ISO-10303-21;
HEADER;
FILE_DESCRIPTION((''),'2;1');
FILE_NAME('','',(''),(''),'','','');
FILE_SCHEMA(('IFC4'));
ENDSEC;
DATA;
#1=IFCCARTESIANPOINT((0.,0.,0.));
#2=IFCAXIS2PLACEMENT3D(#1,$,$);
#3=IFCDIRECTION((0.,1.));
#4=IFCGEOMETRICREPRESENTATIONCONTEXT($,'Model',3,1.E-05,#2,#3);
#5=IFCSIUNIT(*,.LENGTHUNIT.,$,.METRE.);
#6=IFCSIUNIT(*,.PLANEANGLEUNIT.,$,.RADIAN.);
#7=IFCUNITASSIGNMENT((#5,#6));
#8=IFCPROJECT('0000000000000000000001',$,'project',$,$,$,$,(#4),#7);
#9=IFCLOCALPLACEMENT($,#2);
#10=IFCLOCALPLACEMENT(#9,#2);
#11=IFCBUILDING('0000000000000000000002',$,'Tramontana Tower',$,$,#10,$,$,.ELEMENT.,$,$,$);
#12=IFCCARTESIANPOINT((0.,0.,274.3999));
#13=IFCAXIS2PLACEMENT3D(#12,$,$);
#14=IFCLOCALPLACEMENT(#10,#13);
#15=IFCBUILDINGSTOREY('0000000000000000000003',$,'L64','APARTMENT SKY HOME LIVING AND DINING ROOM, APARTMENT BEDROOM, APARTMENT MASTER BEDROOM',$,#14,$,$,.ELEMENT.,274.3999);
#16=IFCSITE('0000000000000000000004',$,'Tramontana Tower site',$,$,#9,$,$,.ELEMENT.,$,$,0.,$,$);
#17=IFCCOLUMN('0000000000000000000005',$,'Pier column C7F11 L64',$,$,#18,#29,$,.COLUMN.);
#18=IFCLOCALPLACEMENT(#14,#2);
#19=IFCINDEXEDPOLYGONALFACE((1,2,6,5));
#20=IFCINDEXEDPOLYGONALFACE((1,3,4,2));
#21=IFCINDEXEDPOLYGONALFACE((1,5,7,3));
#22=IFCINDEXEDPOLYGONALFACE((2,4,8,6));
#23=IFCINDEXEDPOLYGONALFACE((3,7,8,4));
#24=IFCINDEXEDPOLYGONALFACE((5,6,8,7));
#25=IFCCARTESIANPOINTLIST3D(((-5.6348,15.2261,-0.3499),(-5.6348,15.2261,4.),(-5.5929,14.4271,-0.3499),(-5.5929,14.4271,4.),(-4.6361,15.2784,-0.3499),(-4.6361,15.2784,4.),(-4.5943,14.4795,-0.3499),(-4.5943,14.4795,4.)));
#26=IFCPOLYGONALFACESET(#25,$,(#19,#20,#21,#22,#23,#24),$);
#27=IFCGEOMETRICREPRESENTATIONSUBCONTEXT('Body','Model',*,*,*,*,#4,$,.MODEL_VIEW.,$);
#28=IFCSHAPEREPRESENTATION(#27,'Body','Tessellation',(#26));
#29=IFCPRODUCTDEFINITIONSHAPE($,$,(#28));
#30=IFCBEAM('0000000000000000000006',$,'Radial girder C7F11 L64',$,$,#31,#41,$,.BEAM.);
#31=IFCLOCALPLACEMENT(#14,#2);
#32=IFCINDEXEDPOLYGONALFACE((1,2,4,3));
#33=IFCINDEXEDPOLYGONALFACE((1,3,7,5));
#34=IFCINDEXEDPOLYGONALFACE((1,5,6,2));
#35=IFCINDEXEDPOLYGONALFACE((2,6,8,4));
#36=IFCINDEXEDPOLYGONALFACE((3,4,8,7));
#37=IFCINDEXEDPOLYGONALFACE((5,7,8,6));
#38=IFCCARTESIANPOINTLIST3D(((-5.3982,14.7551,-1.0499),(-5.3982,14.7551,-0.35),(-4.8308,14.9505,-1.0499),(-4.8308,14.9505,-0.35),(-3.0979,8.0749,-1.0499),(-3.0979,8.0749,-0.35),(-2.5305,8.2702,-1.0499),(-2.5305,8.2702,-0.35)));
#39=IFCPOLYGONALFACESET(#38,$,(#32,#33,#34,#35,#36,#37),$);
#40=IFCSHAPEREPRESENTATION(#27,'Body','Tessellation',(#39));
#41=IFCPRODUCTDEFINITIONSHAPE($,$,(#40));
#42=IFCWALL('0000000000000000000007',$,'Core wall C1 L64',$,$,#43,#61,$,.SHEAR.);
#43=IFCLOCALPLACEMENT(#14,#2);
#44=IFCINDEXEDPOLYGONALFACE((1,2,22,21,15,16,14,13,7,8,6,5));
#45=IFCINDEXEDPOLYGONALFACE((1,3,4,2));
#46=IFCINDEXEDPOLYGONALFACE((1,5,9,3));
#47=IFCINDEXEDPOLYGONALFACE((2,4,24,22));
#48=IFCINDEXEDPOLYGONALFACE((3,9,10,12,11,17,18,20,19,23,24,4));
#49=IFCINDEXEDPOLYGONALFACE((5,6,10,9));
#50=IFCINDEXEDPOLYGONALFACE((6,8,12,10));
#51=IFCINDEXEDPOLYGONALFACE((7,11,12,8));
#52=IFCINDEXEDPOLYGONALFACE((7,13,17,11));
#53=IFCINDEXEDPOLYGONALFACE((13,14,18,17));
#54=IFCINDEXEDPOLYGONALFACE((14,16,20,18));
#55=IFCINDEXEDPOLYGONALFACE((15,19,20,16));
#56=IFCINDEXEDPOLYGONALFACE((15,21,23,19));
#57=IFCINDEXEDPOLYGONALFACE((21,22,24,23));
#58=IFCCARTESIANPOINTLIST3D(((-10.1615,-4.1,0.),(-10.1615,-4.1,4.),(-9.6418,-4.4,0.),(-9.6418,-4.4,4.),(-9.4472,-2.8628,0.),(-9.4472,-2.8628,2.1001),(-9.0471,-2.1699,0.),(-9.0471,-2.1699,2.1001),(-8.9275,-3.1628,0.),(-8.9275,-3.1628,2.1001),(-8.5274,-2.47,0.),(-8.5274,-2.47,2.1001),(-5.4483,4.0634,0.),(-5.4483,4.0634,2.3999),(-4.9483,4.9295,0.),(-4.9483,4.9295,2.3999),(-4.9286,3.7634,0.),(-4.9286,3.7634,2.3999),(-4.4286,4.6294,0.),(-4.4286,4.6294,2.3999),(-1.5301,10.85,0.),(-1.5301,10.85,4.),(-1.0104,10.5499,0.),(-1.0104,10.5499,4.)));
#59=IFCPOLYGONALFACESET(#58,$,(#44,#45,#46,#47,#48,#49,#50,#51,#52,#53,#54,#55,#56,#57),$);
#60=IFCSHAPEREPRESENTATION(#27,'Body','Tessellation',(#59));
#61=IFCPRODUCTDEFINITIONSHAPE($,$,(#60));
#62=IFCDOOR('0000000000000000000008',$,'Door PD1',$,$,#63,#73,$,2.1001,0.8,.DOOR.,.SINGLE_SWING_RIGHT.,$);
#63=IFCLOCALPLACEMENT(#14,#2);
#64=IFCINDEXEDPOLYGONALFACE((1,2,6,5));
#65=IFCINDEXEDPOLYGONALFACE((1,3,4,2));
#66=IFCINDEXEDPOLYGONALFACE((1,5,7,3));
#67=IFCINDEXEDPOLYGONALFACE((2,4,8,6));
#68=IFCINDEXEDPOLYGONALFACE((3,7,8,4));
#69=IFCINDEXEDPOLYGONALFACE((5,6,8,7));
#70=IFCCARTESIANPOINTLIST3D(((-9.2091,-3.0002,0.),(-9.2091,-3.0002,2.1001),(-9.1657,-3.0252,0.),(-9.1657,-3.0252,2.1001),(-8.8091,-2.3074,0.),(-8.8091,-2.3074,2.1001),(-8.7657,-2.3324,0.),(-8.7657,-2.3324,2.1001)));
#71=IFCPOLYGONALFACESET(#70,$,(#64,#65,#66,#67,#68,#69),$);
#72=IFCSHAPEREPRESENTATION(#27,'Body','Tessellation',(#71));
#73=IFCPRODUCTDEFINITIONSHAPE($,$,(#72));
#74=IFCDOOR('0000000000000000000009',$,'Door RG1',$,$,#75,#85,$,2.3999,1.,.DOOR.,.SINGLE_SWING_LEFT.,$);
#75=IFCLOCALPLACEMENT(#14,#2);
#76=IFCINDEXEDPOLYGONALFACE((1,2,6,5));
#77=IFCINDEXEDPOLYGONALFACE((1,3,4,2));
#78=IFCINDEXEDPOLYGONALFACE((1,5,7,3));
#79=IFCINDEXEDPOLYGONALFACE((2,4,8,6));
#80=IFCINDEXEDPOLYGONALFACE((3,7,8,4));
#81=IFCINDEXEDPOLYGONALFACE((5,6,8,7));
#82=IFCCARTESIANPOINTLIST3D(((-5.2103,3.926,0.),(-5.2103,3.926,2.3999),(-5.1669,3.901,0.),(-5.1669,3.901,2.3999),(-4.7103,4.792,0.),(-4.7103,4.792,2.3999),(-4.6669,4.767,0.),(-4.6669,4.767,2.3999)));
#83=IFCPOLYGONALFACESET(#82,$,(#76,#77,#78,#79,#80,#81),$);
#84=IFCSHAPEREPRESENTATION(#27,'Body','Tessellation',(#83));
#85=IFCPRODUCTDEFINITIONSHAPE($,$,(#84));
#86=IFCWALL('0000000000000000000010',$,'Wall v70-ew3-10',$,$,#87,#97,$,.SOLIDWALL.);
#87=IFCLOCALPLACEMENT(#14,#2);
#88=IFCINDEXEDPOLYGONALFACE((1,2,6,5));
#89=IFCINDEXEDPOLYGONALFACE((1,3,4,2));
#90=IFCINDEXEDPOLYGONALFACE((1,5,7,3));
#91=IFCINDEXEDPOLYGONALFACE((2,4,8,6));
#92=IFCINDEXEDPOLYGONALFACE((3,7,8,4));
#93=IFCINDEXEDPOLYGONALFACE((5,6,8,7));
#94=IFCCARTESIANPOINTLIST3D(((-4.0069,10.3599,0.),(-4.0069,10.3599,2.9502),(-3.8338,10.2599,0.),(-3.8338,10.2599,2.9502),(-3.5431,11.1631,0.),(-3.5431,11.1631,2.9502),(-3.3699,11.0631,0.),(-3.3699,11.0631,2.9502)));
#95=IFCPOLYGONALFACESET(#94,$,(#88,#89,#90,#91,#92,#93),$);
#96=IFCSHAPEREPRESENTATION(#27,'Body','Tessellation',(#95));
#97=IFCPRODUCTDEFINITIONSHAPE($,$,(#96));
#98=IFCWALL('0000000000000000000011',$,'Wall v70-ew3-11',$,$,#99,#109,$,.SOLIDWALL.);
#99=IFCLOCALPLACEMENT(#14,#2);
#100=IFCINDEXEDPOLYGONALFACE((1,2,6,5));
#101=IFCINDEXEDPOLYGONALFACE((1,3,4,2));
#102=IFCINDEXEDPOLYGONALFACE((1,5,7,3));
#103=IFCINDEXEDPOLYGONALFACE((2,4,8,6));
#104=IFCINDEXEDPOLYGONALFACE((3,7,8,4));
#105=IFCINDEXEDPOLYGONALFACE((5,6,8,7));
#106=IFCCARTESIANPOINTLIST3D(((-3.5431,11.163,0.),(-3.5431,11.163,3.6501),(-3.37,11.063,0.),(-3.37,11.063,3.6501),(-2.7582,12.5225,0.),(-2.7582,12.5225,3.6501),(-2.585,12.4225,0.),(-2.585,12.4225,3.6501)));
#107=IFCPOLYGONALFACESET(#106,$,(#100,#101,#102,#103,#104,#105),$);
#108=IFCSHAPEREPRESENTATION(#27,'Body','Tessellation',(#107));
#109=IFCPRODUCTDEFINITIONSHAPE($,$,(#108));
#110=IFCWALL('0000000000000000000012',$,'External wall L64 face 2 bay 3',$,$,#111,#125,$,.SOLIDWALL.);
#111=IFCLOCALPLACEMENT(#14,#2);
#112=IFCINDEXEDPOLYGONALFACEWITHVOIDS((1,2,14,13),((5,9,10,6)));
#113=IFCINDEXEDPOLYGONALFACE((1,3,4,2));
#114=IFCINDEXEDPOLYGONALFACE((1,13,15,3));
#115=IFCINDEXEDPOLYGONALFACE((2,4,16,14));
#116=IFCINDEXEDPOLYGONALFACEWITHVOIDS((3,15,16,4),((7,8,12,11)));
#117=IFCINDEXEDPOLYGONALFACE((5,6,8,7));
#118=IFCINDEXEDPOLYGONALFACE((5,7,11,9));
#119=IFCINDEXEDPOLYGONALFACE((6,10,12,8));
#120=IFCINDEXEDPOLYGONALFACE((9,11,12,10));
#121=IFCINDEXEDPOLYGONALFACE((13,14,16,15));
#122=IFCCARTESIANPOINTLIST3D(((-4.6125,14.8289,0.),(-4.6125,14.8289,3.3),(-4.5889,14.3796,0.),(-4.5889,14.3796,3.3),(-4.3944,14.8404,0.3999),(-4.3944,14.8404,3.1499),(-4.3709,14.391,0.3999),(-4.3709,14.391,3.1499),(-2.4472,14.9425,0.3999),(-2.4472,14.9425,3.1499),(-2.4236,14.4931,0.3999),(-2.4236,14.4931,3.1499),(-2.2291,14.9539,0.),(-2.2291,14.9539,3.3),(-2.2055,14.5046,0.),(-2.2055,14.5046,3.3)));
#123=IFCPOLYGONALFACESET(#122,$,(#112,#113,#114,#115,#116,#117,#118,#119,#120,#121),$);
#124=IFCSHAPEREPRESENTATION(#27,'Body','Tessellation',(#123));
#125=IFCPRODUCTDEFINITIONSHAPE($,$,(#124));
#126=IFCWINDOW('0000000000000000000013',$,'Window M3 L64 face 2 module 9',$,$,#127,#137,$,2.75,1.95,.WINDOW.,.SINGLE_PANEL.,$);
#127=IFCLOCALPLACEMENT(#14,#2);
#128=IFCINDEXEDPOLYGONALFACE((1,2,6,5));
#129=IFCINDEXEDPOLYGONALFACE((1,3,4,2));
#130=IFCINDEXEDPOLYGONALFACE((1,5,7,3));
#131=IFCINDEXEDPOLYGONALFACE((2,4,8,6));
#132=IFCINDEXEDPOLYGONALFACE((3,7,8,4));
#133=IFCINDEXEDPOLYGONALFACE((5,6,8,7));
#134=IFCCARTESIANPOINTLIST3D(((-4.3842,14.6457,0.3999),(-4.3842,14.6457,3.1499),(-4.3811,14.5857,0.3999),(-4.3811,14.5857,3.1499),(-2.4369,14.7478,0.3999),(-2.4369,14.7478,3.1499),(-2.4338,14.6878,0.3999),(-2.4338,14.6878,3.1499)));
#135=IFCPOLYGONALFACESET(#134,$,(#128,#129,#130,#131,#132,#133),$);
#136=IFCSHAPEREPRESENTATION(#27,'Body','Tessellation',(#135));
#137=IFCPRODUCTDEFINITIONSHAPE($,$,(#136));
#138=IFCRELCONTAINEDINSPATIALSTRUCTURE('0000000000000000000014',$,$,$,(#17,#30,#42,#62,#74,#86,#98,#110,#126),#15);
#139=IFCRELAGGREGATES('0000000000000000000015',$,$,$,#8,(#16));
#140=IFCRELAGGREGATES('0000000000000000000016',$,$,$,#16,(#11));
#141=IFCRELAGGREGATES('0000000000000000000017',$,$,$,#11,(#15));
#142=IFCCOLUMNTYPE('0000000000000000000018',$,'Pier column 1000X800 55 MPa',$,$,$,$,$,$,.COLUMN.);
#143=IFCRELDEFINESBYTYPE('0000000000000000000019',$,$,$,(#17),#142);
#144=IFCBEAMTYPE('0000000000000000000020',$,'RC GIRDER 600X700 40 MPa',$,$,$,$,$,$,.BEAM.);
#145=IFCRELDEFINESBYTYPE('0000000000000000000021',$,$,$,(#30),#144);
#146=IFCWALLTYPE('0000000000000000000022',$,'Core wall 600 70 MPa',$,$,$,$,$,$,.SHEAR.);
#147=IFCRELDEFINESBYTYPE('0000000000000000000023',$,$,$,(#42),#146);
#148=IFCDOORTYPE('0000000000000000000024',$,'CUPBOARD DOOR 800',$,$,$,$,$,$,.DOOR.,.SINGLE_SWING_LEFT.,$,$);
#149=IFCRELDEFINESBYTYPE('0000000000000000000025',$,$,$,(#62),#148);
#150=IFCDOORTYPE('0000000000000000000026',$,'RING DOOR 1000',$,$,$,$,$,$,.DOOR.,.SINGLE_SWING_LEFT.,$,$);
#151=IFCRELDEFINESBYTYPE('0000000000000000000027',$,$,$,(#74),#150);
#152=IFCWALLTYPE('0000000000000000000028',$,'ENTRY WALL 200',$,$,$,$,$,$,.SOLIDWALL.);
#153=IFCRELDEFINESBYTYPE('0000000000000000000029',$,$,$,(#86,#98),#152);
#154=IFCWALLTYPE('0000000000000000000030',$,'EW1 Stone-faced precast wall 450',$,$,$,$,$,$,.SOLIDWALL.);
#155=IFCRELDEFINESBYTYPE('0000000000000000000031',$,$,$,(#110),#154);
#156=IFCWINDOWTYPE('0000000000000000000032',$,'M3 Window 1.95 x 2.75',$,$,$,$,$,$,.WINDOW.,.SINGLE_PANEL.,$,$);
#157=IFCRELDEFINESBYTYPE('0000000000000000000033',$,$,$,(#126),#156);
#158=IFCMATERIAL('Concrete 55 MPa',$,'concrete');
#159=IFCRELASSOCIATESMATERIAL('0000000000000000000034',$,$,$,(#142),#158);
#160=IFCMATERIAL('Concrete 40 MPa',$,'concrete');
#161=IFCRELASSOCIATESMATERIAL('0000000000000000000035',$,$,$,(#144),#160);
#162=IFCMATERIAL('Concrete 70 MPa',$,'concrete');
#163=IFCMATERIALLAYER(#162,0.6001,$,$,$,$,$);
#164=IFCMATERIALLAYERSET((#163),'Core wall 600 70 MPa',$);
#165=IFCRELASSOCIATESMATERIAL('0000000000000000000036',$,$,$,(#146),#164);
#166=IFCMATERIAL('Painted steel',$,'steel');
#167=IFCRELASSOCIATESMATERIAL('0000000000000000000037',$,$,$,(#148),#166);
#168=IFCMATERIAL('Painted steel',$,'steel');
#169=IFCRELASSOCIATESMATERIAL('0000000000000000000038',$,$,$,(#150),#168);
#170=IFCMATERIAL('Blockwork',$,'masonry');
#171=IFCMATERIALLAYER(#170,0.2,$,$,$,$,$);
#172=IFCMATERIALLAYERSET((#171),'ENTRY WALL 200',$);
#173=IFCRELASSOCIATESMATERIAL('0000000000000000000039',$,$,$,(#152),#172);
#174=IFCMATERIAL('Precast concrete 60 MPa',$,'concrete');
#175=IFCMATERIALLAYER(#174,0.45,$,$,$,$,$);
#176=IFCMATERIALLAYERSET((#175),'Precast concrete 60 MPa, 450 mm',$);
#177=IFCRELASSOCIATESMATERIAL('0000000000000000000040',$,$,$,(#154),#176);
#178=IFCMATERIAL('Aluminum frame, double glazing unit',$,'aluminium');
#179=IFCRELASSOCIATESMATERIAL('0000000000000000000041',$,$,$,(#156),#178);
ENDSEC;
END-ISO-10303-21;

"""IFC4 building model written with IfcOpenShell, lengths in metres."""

from ifc_helpers import new_model, si_unit, direction, frame, frame_2d, origin, origin_2d, place, context, subcontext, project, spatial, rectangle, extrude, material, layer, layer_set, material_profile, profile_set, type_object, element, fill, save


model = new_model("IFC4")

# Units and contexts
model_context = context("Model", 3, precision=1e-05, world=origin(), true_north=direction((0.0, 1.0)))
body_context = subcontext(model_context, "Body", "Model", "MODEL_VIEW")
ifc_project = project(units=[si_unit("LENGTHUNIT", "METRE"), si_unit("PLANEANGLEUNIT", "RADIAN")], contexts=[model_context])

# Site, building, storey
site_placement = place(None, origin())
site = spatial("IfcSite", under=ifc_project, at=site_placement, Name="Tramontana Tower site", CompositionType="ELEMENT", RefElevation=0.0)
building_placement = place(site_placement, origin())
building = spatial("IfcBuilding", under=site, at=building_placement, Name="Tramontana Tower", CompositionType="ELEMENT")
storey_placement = place(building_placement, frame((0.0, 0.0, 274.3999)))
storey = spatial("IfcBuildingStorey", under=building, at=storey_placement, Name="L64", Description="APARTMENT SKY HOME LIVING AND DINING ROOM, APARTMENT BEDROOM, APARTMENT MASTER BEDROOM", CompositionType="ELEMENT", Elevation=274.3999)

# Column
ifc_material_1 = material(Name="Concrete 55 MPa", Category="concrete")
ifc_material_profile_1 = material_profile(ifc_material_1, rectangle(XDim=1.0, YDim=0.8, at=origin_2d()), Name="Pier column 1000X800 55 MPa")
ifc_profile_set_1 = profile_set([ifc_material_profile_1], Name="Concrete 55 MPa")
column_type = type_object("IfcColumnType", Name="Pier column 1000X800 55 MPa", PredefinedType="COLUMN", material=ifc_profile_set_1)
column_placement = place(storey_placement, frame((-5.1145, 14.8528, -0.3499), z_axis=(0.0, 0.0, 1.0), x_axis=(-0.99863, -0.052336, 0.0)))
element("IfcColumn", 1, at=column_placement, inside=storey, type_object=column_type, Name="Pier column C7F11 L64", PredefinedType="COLUMN", context=body_context, shape_type="SweptSolid", body=[
    extrude(rectangle(XDim=1.0, YDim=0.8, at=origin_2d()), origin(), (0.0, 0.0, 1.0), 4.3499),
])

# Beam
ifc_material_2 = material(Name="Concrete 40 MPa", Category="concrete")
ifc_material_profile_2 = material_profile(ifc_material_2, rectangle(XDim=0.6001, YDim=0.7, at=origin_2d()), Name="RC GIRDER 600X700 40 MPa")
ifc_profile_set_2 = profile_set([ifc_material_profile_2], Name="Concrete 40 MPa")
beam_type = type_object("IfcBeamType", Name="RC GIRDER 600X700 40 MPa", PredefinedType="BEAM", material=ifc_profile_set_2)
beam_placement = place(storey_placement, frame((-5.1145, 14.8528, -0.7), z_axis=(0.325584, -0.945513, 0.0), x_axis=(0.945513, 0.325584, 0.0)))
element("IfcBeam", 2, at=beam_placement, inside=storey, type_object=beam_type, Name="Radial girder C7F11 L64", PredefinedType="BEAM", context=body_context, shape_type="SweptSolid", body=[
    extrude(rectangle(XDim=0.6001, YDim=0.7, at=origin_2d()), origin(), (0.0, 0.0, 1.0), 7.0652),
])

# Wall, openings, doors
ifc_material_3 = material(Name="Concrete 70 MPa", Category="concrete")
ifc_layer_1 = layer(ifc_material_3, 0.6001)
ifc_layer_set_1 = layer_set([ifc_layer_1], Name="Core wall 600 70 MPa")
wall_type_1 = type_object("IfcWallType", Name="Core wall 600 70 MPa", PredefinedType="SHEAR", material=ifc_layer_set_1)
wall_1_placement = place(storey_placement, frame((-1.2703, 10.7, 0.0), z_axis=(0.0, 0.0, 1.0), x_axis=(-0.5, -0.866026, 0.0)))
wall_1 = element("IfcWall", 3, at=wall_1_placement, inside=storey, type_object=wall_type_1, Name="Core wall C1 L64", PredefinedType="SHEAR", context=body_context, shape_type="SweptSolid", body=[
    extrude(rectangle(XDim=17.2627, YDim=0.6001, at=frame_2d((8.6313, 0.0))), origin(), (0.0, 0.0, 1.0), 4.0),
])
opening_1_placement = place(wall_1_placement, frame((6.8364, 0.0, 0.0)))
opening_1 = element("IfcOpeningElement", 4, at=opening_1_placement, cuts=wall_1, PredefinedType="OPENING", context=body_context, shape_type="SweptSolid", body=[
    extrude(rectangle(XDim=1.0, YDim=2.3999, at=frame_2d((0.5, 1.2))), frame((0.0, 0.3101, 0.0), z_axis=(0.0, -1.0, 0.0), x_axis=(1.0, 0.0, 0.0)), (0.0, 0.0, 1.0), 0.6201),
])
opening_2_placement = place(wall_1_placement, frame((15.0342, 0.0, 0.0)))
opening_2 = element("IfcOpeningElement", 5, at=opening_2_placement, cuts=wall_1, PredefinedType="OPENING", context=body_context, shape_type="SweptSolid", body=[
    extrude(rectangle(XDim=0.8, YDim=2.1001, at=frame_2d((0.3999, 1.05))), frame((0.0, 0.3101, 0.0), z_axis=(0.0, -1.0, 0.0), x_axis=(1.0, 0.0, 0.0)), (0.0, 0.0, 1.0), 0.6201),
])
ifc_material_4 = material(Name="Painted steel", Category="steel")
door_type_1 = type_object("IfcDoorType", Name="CUPBOARD DOOR 800", OperationType="SINGLE_SWING_LEFT", PredefinedType="DOOR", material=ifc_material_4)
door_1_placement = place(opening_2_placement, origin())
door_1 = element("IfcDoor", 6, at=door_1_placement, inside=storey, type_object=door_type_1, Name="Door PD1", OperationType="SINGLE_SWING_RIGHT", OverallHeight=2.1001, OverallWidth=0.8, PredefinedType="DOOR", context=body_context, shape_type="SweptSolid", body=[
    extrude(rectangle(XDim=0.8, YDim=2.1001, at=frame_2d((0.3999, 1.05))), frame((0.0, 0.0249, 0.0), z_axis=(0.0, -1.0, 0.0), x_axis=(1.0, 0.0, 0.0)), (0.0, 0.0, 1.0), 0.05),
])
fill(opening_2, door_1)
ifc_material_5 = material(Name="Painted steel", Category="steel")
door_type_2 = type_object("IfcDoorType", Name="RING DOOR 1000", OperationType="SINGLE_SWING_LEFT", PredefinedType="DOOR", material=ifc_material_5)
door_2_placement = place(opening_1_placement, origin())
door_2 = element("IfcDoor", 7, at=door_2_placement, inside=storey, type_object=door_type_2, Name="Door RG1", OperationType="SINGLE_SWING_LEFT", OverallHeight=2.3999, OverallWidth=1.0, PredefinedType="DOOR", context=body_context, shape_type="SweptSolid", body=[
    extrude(rectangle(XDim=1.0, YDim=2.3999, at=frame_2d((0.5, 1.2))), frame((0.0, 0.0249, 0.0), z_axis=(0.0, -1.0, 0.0), x_axis=(1.0, 0.0, 0.0)), (0.0, 0.0, 1.0), 0.05),
])
fill(opening_1, door_2)

# Walls
ifc_material_6 = material(Name="Blockwork", Category="masonry")
ifc_layer_2 = layer(ifc_material_6, 0.2)
ifc_layer_set_2 = layer_set([ifc_layer_2], Name="ENTRY WALL 200")
wall_type_2 = type_object("IfcWallType", Name="ENTRY WALL 200", PredefinedType="SOLIDWALL", material=ifc_layer_set_2)
wall_2_placement = place(storey_placement, frame((-3.9204, 10.3098, 0.0), z_axis=(0.0, 0.0, 1.0), x_axis=(0.500102, 0.865966, 0.0)))
element("IfcWall", 8, at=wall_2_placement, inside=storey, type_object=wall_type_2, Name="Wall v70-ew3-10", PredefinedType="SOLIDWALL", context=body_context, shape_type="SweptSolid", body=[
    extrude(rectangle(XDim=0.9275, YDim=0.2, at=frame_2d((0.4639, 0.0))), origin(), (0.0, 0.0, 1.0), 2.9502),
])
wall_3_placement = place(storey_placement, frame((-3.4565, 11.113, 0.0), z_axis=(0.0, 0.0, 1.0), x_axis=(0.500037, 0.866004, 0.0)))
element("IfcWall", 9, at=wall_3_placement, inside=storey, type_object=wall_type_2, Name="Wall v70-ew3-11", PredefinedType="SOLIDWALL", context=body_context, shape_type="SweptSolid", body=[
    extrude(rectangle(XDim=1.5698, YDim=0.2, at=frame_2d((0.7849, 0.0))), origin(), (0.0, 0.0, 1.0), 3.6501),
])

# Wall, opening, window
ifc_material_7 = material(Name="Precast concrete 60 MPa", Category="concrete")
ifc_layer_3 = layer(ifc_material_7, 0.45)
ifc_layer_set_3 = layer_set([ifc_layer_3], Name="Precast concrete 60 MPa, 450 mm")
wall_type_3 = type_object("IfcWallType", Name="EW1 Stone-faced precast wall 450", PredefinedType="SOLIDWALL", material=ifc_layer_set_3)
wall_4_placement = place(storey_placement, frame((-2.2173, 14.7292, 0.0), z_axis=(0.0, 0.0, 1.0), x_axis=(-0.998628, -0.052371, 0.0)))
wall_4 = element("IfcWall", 10, at=wall_4_placement, inside=storey, type_object=wall_type_3, Name="External wall L64 face 2 bay 3", PredefinedType="SOLIDWALL", context=body_context, shape_type="SweptSolid", body=[
    extrude(rectangle(XDim=2.3867, YDim=0.45, at=frame_2d((1.1934, 0.0))), origin(), (0.0, 0.0, 1.0), 3.3),
])
opening_3_placement = place(wall_4_placement, frame((0.2183, 0.0, 0.3999)))
opening_3 = element("IfcOpeningElement", 11, at=opening_3_placement, cuts=wall_4, PredefinedType="OPENING", context=body_context, shape_type="SweptSolid", body=[
    extrude(rectangle(XDim=1.95, YDim=2.75, at=frame_2d((0.9751, 1.375))), frame((0.0, 0.2349, 0.0), z_axis=(0.0, -1.0, 0.0), x_axis=(1.0, 0.0, 0.0)), (0.0, 0.0, 1.0), 0.47),
])
ifc_material_8 = material(Name="Aluminum frame, double glazing unit", Category="aluminium")
window_type_1 = type_object("IfcWindowType", Name="M3 Window 1.95 x 2.75", PartitioningType="SINGLE_PANEL", PredefinedType="WINDOW", material=ifc_material_8)
window_1_placement = place(opening_3_placement, origin())
window_1 = element("IfcWindow", 12, at=window_1_placement, inside=storey, type_object=window_type_1, Name="Window M3 L64 face 2 module 9", OverallHeight=2.75, OverallWidth=1.95, PartitioningType="SINGLE_PANEL", PredefinedType="WINDOW", context=body_context, shape_type="SweptSolid", body=[
    extrude(rectangle(XDim=1.95, YDim=2.75, at=frame_2d((0.9751, 1.375))), frame((0.0, 0.03, 0.0), z_axis=(0.0, -1.0, 0.0), x_axis=(1.0, 0.0, 0.0)), (0.0, 0.0, 1.0), 0.0601),
])
fill(opening_3, window_1)

save(model, "model.ifc")
